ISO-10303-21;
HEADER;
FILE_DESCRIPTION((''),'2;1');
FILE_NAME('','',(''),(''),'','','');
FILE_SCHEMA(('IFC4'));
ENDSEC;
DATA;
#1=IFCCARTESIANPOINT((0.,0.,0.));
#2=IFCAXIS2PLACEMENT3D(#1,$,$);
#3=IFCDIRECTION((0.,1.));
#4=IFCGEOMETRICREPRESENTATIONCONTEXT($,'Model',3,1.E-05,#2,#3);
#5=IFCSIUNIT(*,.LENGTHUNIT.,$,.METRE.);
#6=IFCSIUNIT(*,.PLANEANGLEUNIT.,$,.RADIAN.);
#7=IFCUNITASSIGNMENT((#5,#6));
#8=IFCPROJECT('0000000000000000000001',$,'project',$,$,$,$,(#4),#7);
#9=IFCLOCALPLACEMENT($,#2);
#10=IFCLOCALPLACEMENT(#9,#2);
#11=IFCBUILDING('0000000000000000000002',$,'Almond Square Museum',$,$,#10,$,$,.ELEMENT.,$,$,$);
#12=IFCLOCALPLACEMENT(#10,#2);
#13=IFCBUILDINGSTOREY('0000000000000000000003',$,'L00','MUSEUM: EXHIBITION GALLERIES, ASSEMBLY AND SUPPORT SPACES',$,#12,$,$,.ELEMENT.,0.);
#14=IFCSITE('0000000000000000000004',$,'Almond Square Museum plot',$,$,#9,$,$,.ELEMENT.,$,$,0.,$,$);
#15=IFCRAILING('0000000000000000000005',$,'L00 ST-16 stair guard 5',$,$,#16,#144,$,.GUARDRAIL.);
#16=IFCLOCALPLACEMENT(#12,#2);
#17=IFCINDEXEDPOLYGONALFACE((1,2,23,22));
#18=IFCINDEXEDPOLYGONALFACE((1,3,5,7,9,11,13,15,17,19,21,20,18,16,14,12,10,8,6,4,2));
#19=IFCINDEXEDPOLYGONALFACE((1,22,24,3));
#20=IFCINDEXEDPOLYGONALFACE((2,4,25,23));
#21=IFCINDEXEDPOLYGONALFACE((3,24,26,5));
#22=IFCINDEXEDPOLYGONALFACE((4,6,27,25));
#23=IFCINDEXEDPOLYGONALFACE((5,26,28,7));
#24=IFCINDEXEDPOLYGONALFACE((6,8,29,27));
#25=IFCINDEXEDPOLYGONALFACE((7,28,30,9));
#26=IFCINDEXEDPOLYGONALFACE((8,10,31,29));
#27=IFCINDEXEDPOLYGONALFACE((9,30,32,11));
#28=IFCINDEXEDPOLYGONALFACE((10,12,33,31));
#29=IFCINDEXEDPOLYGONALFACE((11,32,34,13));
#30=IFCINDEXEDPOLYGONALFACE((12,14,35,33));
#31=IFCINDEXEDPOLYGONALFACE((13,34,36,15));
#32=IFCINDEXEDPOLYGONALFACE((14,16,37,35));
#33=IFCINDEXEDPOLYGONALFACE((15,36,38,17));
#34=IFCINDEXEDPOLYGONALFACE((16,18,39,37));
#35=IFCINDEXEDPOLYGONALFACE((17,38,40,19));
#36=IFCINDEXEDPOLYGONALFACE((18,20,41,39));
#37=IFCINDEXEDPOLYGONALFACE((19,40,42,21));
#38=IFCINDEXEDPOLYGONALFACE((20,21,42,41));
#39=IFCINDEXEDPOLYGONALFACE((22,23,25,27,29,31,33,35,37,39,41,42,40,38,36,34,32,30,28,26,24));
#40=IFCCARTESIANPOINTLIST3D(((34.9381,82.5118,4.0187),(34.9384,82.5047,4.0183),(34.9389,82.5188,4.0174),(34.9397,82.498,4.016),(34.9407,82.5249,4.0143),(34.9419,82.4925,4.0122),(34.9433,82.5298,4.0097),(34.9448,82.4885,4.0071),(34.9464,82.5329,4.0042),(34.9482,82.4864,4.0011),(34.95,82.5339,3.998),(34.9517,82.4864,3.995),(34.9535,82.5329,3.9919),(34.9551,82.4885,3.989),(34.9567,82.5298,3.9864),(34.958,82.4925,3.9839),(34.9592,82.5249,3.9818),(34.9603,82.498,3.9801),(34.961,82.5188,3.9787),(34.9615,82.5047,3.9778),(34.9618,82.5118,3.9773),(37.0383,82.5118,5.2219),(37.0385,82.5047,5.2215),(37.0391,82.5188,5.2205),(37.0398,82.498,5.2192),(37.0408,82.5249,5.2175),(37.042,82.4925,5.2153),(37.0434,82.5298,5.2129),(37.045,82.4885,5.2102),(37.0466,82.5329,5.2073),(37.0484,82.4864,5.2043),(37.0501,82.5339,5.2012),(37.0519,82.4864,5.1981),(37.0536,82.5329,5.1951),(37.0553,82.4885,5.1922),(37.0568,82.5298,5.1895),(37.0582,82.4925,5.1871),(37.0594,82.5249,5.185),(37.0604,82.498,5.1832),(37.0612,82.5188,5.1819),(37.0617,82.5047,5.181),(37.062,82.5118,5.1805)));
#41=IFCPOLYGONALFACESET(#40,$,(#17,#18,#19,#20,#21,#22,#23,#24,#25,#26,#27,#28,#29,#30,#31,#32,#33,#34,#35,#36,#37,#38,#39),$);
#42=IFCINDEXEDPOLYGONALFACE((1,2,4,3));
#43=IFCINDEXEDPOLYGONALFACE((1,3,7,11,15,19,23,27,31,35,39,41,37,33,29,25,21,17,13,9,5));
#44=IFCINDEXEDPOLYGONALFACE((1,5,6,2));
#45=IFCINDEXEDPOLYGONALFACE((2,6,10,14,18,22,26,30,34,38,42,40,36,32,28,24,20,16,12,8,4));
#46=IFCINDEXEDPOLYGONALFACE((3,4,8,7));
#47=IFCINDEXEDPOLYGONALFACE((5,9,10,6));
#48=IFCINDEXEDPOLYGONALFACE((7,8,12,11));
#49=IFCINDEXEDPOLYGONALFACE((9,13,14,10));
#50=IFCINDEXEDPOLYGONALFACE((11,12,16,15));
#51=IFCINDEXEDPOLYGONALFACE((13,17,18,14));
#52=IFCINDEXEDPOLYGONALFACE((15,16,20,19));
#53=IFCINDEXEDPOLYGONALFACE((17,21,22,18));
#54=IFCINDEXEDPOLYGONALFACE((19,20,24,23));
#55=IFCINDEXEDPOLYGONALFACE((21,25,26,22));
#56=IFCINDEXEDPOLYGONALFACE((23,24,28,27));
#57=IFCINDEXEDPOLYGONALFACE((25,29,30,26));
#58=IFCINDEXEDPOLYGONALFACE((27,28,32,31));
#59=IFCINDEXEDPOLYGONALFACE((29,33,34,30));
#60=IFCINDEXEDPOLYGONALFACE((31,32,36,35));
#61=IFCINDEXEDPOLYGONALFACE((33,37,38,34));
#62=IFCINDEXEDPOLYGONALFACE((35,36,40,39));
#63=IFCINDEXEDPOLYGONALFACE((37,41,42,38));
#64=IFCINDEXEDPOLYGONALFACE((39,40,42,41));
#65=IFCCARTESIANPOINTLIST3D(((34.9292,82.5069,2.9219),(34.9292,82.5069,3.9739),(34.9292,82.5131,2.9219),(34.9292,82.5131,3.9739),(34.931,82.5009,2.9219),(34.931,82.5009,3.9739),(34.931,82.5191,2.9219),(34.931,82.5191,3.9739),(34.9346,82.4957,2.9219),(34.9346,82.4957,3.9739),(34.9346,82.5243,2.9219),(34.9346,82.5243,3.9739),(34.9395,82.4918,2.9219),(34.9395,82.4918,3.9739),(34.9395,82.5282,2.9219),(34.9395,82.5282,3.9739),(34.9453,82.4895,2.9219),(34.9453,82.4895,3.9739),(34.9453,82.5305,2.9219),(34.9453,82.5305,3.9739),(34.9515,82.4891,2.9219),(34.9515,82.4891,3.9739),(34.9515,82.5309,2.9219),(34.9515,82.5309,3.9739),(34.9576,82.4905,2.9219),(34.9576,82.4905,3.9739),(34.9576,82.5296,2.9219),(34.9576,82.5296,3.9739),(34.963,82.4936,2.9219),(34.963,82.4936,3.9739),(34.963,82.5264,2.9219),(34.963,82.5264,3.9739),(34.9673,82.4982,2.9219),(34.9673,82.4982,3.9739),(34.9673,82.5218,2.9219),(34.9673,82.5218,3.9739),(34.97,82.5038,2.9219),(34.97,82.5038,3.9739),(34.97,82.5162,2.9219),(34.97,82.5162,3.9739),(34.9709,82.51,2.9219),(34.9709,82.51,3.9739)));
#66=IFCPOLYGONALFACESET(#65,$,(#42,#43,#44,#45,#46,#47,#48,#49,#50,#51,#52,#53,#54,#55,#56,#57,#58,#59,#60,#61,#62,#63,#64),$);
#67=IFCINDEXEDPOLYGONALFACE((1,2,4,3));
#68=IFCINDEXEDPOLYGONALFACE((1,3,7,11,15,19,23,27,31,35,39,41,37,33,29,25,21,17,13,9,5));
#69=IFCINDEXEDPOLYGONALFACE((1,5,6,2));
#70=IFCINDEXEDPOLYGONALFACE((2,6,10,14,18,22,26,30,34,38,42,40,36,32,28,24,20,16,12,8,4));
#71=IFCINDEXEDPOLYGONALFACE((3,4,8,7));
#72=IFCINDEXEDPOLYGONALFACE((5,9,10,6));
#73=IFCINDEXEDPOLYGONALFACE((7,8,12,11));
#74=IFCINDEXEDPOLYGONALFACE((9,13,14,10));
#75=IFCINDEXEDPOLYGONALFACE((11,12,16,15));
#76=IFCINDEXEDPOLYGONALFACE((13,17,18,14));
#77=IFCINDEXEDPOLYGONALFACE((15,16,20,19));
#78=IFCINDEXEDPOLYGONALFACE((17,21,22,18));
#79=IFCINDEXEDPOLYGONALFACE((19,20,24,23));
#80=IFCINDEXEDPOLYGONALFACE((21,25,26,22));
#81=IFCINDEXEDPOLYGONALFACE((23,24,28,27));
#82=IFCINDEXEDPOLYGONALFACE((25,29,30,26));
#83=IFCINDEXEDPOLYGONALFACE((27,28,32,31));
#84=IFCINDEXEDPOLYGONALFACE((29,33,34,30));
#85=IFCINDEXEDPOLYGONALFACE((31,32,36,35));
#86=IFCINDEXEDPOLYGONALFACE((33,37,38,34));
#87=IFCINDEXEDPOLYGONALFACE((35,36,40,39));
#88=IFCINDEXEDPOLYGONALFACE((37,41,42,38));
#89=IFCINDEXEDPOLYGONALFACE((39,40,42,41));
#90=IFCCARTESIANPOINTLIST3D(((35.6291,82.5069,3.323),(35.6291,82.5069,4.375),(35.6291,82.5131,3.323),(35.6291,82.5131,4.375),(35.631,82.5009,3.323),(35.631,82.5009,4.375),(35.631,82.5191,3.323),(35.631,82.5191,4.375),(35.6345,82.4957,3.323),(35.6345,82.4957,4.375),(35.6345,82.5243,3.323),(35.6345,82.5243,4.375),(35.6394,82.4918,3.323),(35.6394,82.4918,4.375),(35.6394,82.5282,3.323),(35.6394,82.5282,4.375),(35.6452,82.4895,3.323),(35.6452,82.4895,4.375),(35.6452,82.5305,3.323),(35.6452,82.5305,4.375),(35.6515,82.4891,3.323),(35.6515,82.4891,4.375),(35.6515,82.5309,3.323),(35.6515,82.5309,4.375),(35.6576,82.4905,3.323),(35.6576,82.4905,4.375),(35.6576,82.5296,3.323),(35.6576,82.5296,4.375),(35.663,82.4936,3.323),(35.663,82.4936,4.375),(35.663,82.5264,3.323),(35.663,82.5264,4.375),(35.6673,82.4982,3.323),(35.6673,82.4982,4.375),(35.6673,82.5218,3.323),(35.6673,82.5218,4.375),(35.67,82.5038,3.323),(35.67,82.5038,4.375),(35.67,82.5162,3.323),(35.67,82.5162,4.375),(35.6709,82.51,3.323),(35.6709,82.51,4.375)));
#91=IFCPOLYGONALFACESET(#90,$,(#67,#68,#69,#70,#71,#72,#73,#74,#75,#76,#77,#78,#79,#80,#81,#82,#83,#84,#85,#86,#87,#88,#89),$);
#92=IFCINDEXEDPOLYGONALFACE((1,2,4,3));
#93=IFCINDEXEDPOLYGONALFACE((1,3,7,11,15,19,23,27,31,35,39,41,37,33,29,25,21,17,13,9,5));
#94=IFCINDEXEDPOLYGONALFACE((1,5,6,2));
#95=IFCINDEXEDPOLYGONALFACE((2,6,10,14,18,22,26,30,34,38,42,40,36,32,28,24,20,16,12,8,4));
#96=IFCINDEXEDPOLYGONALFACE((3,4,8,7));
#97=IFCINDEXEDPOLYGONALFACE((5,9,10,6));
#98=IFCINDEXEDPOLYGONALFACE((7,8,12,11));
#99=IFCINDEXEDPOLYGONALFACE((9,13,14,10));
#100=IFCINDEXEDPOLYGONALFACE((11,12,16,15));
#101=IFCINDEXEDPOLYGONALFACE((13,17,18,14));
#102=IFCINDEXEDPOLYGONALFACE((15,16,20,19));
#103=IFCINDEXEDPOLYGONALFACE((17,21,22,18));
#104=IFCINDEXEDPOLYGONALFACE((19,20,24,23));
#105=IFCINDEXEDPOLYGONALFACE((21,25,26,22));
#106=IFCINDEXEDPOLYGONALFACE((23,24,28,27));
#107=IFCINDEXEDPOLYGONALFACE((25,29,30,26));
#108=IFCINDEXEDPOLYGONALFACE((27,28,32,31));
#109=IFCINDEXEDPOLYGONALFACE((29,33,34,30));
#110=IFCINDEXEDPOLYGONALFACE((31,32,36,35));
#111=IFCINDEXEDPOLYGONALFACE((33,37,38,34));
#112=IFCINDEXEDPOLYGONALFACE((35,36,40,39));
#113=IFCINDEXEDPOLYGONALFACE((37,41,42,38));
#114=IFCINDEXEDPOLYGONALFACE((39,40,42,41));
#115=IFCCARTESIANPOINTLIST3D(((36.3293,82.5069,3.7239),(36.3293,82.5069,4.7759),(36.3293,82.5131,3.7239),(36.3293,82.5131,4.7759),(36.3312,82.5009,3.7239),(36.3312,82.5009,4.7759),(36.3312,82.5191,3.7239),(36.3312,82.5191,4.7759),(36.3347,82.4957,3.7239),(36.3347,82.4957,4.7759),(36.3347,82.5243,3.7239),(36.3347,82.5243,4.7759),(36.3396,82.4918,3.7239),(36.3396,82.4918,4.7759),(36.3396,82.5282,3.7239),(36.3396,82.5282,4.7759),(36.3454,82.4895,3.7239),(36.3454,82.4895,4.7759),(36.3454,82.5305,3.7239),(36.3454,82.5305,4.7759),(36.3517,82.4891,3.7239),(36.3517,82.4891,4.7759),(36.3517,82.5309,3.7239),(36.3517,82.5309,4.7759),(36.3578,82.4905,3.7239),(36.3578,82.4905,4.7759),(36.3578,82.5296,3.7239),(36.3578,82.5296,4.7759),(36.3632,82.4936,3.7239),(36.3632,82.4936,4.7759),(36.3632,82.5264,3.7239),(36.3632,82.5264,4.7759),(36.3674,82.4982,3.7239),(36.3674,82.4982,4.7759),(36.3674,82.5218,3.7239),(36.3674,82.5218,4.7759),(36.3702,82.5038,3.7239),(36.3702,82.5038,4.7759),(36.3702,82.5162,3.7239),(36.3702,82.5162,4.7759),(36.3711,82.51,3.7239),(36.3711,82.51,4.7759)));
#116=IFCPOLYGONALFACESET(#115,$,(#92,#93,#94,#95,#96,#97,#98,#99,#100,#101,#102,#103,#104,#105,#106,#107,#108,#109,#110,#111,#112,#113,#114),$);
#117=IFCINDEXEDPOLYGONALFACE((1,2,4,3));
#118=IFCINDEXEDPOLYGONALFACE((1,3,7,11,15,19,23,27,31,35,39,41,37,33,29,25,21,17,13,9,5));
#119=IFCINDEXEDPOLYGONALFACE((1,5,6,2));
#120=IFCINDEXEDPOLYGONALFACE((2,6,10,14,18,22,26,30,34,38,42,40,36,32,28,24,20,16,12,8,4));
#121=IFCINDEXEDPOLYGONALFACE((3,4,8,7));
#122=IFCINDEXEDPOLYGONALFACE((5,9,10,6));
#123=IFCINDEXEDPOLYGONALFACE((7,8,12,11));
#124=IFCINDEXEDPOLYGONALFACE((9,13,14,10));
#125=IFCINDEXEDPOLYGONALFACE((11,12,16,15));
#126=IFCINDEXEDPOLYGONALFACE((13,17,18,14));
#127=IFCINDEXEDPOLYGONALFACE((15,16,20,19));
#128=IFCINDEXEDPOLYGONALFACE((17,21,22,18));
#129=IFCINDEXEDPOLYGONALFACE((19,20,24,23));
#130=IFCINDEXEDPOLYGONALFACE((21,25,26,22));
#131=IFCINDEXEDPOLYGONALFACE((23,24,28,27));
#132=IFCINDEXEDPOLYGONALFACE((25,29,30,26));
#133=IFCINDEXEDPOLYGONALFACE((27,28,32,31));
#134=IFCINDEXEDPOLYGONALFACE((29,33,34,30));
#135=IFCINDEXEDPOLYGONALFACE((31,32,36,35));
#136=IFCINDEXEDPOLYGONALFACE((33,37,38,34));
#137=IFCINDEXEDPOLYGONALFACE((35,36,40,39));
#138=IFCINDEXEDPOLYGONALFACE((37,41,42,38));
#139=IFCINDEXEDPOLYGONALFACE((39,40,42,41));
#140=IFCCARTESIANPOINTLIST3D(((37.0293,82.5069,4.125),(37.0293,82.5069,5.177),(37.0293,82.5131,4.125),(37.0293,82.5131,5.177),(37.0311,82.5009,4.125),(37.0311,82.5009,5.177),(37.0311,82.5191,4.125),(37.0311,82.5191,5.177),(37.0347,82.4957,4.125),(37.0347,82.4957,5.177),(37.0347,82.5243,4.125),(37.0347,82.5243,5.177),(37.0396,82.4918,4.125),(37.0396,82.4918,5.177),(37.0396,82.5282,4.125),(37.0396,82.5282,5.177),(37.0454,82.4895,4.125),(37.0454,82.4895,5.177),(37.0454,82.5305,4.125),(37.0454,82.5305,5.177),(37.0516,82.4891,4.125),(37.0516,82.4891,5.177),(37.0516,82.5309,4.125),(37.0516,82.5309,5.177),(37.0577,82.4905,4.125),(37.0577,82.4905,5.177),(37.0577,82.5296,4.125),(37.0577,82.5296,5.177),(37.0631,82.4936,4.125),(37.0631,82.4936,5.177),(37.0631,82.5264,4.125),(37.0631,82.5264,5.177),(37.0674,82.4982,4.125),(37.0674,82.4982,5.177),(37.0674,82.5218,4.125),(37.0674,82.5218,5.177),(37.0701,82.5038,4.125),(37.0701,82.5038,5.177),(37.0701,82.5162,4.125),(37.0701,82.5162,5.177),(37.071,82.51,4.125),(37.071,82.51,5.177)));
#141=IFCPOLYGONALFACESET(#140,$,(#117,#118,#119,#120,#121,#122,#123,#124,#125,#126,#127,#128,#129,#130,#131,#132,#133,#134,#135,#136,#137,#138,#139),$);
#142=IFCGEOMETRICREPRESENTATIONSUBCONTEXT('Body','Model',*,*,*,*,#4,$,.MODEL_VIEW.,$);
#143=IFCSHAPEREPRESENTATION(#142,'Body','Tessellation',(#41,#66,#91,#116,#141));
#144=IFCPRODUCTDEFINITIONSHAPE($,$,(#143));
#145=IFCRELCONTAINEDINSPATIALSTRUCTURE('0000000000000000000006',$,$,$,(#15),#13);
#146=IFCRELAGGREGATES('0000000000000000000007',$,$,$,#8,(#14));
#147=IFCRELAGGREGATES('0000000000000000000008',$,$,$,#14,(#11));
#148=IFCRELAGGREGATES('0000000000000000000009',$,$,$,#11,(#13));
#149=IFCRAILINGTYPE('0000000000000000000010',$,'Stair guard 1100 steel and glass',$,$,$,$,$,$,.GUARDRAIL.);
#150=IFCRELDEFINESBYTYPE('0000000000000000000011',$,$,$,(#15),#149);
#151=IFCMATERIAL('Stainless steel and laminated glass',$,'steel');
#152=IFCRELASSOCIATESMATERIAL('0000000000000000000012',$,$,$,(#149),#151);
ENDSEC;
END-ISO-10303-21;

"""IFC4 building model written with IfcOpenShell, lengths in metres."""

from ifc_helpers import new_model, si_unit, direction, frame, origin, origin_2d, place, context, subcontext, project, spatial, circle, extrude, material, type_object, element, save


model = new_model("IFC4")

# Units and contexts
model_context = context("Model", 3, precision=1e-05, world=origin(), true_north=direction((0.0, 1.0)))
body_context = subcontext(model_context, "Body", "Model", "MODEL_VIEW")
ifc_project = project(units=[si_unit("LENGTHUNIT", "METRE"), si_unit("PLANEANGLEUNIT", "RADIAN")], contexts=[model_context])

# Site, building, storey
site_placement = place(None, origin())
site = spatial("IfcSite", under=ifc_project, at=site_placement, Name="Almond Square Museum plot", CompositionType="ELEMENT", RefElevation=0.0)
building_placement = place(site_placement, origin())
building = spatial("IfcBuilding", under=site, at=building_placement, Name="Almond Square Museum", CompositionType="ELEMENT")
storey_placement = place(building_placement, origin())
storey = spatial("IfcBuildingStorey", under=building, at=storey_placement, Name="L00", Description="MUSEUM: EXHIBITION GALLERIES, ASSEMBLY AND SUPPORT SPACES", CompositionType="ELEMENT", Elevation=0.0)

# Railing
ifc_material_1 = material(Name="Stainless steel and laminated glass", Category="steel")
railing_type_1 = type_object("IfcRailingType", Name="Stair guard 1100 steel and glass", PredefinedType="GUARDRAIL", material=ifc_material_1)
railing_1_placement = place(storey_placement, frame((34.95, 82.51, 2.9219)))
element("IfcRailing", 1, at=railing_1_placement, inside=storey, type_object=railing_type_1, Name="L00 ST-16 stair guard 5", PredefinedType="GUARDRAIL", context=body_context, shape_type="SweptSolid", body=[
    extrude(circle(Radius=0.0239, at=origin_2d()), frame((0.0, 0.0, 1.0762), z_axis=(0.867696, 0.0, 0.497095), x_axis=(0.0, 1.0, 0.0)), (0.0, 0.0, 1.0), 2.4204),
    extrude(circle(Radius=0.021, at=origin_2d()), origin(), (0.0, 0.0, 1.0), 1.052),
    extrude(circle(Radius=0.021, at=origin_2d()), frame((0.7, 0.0, 0.4011)), (0.0, 0.0, 1.0), 1.052),
    extrude(circle(Radius=0.021, at=origin_2d()), frame((1.4001, 0.0, 0.802)), (0.0, 0.0, 1.0), 1.052),
    extrude(circle(Radius=0.021, at=origin_2d()), frame((2.1001, 0.0, 1.2031)), (0.0, 0.0, 1.0), 1.052),
])

save(model, "model.ifc")
